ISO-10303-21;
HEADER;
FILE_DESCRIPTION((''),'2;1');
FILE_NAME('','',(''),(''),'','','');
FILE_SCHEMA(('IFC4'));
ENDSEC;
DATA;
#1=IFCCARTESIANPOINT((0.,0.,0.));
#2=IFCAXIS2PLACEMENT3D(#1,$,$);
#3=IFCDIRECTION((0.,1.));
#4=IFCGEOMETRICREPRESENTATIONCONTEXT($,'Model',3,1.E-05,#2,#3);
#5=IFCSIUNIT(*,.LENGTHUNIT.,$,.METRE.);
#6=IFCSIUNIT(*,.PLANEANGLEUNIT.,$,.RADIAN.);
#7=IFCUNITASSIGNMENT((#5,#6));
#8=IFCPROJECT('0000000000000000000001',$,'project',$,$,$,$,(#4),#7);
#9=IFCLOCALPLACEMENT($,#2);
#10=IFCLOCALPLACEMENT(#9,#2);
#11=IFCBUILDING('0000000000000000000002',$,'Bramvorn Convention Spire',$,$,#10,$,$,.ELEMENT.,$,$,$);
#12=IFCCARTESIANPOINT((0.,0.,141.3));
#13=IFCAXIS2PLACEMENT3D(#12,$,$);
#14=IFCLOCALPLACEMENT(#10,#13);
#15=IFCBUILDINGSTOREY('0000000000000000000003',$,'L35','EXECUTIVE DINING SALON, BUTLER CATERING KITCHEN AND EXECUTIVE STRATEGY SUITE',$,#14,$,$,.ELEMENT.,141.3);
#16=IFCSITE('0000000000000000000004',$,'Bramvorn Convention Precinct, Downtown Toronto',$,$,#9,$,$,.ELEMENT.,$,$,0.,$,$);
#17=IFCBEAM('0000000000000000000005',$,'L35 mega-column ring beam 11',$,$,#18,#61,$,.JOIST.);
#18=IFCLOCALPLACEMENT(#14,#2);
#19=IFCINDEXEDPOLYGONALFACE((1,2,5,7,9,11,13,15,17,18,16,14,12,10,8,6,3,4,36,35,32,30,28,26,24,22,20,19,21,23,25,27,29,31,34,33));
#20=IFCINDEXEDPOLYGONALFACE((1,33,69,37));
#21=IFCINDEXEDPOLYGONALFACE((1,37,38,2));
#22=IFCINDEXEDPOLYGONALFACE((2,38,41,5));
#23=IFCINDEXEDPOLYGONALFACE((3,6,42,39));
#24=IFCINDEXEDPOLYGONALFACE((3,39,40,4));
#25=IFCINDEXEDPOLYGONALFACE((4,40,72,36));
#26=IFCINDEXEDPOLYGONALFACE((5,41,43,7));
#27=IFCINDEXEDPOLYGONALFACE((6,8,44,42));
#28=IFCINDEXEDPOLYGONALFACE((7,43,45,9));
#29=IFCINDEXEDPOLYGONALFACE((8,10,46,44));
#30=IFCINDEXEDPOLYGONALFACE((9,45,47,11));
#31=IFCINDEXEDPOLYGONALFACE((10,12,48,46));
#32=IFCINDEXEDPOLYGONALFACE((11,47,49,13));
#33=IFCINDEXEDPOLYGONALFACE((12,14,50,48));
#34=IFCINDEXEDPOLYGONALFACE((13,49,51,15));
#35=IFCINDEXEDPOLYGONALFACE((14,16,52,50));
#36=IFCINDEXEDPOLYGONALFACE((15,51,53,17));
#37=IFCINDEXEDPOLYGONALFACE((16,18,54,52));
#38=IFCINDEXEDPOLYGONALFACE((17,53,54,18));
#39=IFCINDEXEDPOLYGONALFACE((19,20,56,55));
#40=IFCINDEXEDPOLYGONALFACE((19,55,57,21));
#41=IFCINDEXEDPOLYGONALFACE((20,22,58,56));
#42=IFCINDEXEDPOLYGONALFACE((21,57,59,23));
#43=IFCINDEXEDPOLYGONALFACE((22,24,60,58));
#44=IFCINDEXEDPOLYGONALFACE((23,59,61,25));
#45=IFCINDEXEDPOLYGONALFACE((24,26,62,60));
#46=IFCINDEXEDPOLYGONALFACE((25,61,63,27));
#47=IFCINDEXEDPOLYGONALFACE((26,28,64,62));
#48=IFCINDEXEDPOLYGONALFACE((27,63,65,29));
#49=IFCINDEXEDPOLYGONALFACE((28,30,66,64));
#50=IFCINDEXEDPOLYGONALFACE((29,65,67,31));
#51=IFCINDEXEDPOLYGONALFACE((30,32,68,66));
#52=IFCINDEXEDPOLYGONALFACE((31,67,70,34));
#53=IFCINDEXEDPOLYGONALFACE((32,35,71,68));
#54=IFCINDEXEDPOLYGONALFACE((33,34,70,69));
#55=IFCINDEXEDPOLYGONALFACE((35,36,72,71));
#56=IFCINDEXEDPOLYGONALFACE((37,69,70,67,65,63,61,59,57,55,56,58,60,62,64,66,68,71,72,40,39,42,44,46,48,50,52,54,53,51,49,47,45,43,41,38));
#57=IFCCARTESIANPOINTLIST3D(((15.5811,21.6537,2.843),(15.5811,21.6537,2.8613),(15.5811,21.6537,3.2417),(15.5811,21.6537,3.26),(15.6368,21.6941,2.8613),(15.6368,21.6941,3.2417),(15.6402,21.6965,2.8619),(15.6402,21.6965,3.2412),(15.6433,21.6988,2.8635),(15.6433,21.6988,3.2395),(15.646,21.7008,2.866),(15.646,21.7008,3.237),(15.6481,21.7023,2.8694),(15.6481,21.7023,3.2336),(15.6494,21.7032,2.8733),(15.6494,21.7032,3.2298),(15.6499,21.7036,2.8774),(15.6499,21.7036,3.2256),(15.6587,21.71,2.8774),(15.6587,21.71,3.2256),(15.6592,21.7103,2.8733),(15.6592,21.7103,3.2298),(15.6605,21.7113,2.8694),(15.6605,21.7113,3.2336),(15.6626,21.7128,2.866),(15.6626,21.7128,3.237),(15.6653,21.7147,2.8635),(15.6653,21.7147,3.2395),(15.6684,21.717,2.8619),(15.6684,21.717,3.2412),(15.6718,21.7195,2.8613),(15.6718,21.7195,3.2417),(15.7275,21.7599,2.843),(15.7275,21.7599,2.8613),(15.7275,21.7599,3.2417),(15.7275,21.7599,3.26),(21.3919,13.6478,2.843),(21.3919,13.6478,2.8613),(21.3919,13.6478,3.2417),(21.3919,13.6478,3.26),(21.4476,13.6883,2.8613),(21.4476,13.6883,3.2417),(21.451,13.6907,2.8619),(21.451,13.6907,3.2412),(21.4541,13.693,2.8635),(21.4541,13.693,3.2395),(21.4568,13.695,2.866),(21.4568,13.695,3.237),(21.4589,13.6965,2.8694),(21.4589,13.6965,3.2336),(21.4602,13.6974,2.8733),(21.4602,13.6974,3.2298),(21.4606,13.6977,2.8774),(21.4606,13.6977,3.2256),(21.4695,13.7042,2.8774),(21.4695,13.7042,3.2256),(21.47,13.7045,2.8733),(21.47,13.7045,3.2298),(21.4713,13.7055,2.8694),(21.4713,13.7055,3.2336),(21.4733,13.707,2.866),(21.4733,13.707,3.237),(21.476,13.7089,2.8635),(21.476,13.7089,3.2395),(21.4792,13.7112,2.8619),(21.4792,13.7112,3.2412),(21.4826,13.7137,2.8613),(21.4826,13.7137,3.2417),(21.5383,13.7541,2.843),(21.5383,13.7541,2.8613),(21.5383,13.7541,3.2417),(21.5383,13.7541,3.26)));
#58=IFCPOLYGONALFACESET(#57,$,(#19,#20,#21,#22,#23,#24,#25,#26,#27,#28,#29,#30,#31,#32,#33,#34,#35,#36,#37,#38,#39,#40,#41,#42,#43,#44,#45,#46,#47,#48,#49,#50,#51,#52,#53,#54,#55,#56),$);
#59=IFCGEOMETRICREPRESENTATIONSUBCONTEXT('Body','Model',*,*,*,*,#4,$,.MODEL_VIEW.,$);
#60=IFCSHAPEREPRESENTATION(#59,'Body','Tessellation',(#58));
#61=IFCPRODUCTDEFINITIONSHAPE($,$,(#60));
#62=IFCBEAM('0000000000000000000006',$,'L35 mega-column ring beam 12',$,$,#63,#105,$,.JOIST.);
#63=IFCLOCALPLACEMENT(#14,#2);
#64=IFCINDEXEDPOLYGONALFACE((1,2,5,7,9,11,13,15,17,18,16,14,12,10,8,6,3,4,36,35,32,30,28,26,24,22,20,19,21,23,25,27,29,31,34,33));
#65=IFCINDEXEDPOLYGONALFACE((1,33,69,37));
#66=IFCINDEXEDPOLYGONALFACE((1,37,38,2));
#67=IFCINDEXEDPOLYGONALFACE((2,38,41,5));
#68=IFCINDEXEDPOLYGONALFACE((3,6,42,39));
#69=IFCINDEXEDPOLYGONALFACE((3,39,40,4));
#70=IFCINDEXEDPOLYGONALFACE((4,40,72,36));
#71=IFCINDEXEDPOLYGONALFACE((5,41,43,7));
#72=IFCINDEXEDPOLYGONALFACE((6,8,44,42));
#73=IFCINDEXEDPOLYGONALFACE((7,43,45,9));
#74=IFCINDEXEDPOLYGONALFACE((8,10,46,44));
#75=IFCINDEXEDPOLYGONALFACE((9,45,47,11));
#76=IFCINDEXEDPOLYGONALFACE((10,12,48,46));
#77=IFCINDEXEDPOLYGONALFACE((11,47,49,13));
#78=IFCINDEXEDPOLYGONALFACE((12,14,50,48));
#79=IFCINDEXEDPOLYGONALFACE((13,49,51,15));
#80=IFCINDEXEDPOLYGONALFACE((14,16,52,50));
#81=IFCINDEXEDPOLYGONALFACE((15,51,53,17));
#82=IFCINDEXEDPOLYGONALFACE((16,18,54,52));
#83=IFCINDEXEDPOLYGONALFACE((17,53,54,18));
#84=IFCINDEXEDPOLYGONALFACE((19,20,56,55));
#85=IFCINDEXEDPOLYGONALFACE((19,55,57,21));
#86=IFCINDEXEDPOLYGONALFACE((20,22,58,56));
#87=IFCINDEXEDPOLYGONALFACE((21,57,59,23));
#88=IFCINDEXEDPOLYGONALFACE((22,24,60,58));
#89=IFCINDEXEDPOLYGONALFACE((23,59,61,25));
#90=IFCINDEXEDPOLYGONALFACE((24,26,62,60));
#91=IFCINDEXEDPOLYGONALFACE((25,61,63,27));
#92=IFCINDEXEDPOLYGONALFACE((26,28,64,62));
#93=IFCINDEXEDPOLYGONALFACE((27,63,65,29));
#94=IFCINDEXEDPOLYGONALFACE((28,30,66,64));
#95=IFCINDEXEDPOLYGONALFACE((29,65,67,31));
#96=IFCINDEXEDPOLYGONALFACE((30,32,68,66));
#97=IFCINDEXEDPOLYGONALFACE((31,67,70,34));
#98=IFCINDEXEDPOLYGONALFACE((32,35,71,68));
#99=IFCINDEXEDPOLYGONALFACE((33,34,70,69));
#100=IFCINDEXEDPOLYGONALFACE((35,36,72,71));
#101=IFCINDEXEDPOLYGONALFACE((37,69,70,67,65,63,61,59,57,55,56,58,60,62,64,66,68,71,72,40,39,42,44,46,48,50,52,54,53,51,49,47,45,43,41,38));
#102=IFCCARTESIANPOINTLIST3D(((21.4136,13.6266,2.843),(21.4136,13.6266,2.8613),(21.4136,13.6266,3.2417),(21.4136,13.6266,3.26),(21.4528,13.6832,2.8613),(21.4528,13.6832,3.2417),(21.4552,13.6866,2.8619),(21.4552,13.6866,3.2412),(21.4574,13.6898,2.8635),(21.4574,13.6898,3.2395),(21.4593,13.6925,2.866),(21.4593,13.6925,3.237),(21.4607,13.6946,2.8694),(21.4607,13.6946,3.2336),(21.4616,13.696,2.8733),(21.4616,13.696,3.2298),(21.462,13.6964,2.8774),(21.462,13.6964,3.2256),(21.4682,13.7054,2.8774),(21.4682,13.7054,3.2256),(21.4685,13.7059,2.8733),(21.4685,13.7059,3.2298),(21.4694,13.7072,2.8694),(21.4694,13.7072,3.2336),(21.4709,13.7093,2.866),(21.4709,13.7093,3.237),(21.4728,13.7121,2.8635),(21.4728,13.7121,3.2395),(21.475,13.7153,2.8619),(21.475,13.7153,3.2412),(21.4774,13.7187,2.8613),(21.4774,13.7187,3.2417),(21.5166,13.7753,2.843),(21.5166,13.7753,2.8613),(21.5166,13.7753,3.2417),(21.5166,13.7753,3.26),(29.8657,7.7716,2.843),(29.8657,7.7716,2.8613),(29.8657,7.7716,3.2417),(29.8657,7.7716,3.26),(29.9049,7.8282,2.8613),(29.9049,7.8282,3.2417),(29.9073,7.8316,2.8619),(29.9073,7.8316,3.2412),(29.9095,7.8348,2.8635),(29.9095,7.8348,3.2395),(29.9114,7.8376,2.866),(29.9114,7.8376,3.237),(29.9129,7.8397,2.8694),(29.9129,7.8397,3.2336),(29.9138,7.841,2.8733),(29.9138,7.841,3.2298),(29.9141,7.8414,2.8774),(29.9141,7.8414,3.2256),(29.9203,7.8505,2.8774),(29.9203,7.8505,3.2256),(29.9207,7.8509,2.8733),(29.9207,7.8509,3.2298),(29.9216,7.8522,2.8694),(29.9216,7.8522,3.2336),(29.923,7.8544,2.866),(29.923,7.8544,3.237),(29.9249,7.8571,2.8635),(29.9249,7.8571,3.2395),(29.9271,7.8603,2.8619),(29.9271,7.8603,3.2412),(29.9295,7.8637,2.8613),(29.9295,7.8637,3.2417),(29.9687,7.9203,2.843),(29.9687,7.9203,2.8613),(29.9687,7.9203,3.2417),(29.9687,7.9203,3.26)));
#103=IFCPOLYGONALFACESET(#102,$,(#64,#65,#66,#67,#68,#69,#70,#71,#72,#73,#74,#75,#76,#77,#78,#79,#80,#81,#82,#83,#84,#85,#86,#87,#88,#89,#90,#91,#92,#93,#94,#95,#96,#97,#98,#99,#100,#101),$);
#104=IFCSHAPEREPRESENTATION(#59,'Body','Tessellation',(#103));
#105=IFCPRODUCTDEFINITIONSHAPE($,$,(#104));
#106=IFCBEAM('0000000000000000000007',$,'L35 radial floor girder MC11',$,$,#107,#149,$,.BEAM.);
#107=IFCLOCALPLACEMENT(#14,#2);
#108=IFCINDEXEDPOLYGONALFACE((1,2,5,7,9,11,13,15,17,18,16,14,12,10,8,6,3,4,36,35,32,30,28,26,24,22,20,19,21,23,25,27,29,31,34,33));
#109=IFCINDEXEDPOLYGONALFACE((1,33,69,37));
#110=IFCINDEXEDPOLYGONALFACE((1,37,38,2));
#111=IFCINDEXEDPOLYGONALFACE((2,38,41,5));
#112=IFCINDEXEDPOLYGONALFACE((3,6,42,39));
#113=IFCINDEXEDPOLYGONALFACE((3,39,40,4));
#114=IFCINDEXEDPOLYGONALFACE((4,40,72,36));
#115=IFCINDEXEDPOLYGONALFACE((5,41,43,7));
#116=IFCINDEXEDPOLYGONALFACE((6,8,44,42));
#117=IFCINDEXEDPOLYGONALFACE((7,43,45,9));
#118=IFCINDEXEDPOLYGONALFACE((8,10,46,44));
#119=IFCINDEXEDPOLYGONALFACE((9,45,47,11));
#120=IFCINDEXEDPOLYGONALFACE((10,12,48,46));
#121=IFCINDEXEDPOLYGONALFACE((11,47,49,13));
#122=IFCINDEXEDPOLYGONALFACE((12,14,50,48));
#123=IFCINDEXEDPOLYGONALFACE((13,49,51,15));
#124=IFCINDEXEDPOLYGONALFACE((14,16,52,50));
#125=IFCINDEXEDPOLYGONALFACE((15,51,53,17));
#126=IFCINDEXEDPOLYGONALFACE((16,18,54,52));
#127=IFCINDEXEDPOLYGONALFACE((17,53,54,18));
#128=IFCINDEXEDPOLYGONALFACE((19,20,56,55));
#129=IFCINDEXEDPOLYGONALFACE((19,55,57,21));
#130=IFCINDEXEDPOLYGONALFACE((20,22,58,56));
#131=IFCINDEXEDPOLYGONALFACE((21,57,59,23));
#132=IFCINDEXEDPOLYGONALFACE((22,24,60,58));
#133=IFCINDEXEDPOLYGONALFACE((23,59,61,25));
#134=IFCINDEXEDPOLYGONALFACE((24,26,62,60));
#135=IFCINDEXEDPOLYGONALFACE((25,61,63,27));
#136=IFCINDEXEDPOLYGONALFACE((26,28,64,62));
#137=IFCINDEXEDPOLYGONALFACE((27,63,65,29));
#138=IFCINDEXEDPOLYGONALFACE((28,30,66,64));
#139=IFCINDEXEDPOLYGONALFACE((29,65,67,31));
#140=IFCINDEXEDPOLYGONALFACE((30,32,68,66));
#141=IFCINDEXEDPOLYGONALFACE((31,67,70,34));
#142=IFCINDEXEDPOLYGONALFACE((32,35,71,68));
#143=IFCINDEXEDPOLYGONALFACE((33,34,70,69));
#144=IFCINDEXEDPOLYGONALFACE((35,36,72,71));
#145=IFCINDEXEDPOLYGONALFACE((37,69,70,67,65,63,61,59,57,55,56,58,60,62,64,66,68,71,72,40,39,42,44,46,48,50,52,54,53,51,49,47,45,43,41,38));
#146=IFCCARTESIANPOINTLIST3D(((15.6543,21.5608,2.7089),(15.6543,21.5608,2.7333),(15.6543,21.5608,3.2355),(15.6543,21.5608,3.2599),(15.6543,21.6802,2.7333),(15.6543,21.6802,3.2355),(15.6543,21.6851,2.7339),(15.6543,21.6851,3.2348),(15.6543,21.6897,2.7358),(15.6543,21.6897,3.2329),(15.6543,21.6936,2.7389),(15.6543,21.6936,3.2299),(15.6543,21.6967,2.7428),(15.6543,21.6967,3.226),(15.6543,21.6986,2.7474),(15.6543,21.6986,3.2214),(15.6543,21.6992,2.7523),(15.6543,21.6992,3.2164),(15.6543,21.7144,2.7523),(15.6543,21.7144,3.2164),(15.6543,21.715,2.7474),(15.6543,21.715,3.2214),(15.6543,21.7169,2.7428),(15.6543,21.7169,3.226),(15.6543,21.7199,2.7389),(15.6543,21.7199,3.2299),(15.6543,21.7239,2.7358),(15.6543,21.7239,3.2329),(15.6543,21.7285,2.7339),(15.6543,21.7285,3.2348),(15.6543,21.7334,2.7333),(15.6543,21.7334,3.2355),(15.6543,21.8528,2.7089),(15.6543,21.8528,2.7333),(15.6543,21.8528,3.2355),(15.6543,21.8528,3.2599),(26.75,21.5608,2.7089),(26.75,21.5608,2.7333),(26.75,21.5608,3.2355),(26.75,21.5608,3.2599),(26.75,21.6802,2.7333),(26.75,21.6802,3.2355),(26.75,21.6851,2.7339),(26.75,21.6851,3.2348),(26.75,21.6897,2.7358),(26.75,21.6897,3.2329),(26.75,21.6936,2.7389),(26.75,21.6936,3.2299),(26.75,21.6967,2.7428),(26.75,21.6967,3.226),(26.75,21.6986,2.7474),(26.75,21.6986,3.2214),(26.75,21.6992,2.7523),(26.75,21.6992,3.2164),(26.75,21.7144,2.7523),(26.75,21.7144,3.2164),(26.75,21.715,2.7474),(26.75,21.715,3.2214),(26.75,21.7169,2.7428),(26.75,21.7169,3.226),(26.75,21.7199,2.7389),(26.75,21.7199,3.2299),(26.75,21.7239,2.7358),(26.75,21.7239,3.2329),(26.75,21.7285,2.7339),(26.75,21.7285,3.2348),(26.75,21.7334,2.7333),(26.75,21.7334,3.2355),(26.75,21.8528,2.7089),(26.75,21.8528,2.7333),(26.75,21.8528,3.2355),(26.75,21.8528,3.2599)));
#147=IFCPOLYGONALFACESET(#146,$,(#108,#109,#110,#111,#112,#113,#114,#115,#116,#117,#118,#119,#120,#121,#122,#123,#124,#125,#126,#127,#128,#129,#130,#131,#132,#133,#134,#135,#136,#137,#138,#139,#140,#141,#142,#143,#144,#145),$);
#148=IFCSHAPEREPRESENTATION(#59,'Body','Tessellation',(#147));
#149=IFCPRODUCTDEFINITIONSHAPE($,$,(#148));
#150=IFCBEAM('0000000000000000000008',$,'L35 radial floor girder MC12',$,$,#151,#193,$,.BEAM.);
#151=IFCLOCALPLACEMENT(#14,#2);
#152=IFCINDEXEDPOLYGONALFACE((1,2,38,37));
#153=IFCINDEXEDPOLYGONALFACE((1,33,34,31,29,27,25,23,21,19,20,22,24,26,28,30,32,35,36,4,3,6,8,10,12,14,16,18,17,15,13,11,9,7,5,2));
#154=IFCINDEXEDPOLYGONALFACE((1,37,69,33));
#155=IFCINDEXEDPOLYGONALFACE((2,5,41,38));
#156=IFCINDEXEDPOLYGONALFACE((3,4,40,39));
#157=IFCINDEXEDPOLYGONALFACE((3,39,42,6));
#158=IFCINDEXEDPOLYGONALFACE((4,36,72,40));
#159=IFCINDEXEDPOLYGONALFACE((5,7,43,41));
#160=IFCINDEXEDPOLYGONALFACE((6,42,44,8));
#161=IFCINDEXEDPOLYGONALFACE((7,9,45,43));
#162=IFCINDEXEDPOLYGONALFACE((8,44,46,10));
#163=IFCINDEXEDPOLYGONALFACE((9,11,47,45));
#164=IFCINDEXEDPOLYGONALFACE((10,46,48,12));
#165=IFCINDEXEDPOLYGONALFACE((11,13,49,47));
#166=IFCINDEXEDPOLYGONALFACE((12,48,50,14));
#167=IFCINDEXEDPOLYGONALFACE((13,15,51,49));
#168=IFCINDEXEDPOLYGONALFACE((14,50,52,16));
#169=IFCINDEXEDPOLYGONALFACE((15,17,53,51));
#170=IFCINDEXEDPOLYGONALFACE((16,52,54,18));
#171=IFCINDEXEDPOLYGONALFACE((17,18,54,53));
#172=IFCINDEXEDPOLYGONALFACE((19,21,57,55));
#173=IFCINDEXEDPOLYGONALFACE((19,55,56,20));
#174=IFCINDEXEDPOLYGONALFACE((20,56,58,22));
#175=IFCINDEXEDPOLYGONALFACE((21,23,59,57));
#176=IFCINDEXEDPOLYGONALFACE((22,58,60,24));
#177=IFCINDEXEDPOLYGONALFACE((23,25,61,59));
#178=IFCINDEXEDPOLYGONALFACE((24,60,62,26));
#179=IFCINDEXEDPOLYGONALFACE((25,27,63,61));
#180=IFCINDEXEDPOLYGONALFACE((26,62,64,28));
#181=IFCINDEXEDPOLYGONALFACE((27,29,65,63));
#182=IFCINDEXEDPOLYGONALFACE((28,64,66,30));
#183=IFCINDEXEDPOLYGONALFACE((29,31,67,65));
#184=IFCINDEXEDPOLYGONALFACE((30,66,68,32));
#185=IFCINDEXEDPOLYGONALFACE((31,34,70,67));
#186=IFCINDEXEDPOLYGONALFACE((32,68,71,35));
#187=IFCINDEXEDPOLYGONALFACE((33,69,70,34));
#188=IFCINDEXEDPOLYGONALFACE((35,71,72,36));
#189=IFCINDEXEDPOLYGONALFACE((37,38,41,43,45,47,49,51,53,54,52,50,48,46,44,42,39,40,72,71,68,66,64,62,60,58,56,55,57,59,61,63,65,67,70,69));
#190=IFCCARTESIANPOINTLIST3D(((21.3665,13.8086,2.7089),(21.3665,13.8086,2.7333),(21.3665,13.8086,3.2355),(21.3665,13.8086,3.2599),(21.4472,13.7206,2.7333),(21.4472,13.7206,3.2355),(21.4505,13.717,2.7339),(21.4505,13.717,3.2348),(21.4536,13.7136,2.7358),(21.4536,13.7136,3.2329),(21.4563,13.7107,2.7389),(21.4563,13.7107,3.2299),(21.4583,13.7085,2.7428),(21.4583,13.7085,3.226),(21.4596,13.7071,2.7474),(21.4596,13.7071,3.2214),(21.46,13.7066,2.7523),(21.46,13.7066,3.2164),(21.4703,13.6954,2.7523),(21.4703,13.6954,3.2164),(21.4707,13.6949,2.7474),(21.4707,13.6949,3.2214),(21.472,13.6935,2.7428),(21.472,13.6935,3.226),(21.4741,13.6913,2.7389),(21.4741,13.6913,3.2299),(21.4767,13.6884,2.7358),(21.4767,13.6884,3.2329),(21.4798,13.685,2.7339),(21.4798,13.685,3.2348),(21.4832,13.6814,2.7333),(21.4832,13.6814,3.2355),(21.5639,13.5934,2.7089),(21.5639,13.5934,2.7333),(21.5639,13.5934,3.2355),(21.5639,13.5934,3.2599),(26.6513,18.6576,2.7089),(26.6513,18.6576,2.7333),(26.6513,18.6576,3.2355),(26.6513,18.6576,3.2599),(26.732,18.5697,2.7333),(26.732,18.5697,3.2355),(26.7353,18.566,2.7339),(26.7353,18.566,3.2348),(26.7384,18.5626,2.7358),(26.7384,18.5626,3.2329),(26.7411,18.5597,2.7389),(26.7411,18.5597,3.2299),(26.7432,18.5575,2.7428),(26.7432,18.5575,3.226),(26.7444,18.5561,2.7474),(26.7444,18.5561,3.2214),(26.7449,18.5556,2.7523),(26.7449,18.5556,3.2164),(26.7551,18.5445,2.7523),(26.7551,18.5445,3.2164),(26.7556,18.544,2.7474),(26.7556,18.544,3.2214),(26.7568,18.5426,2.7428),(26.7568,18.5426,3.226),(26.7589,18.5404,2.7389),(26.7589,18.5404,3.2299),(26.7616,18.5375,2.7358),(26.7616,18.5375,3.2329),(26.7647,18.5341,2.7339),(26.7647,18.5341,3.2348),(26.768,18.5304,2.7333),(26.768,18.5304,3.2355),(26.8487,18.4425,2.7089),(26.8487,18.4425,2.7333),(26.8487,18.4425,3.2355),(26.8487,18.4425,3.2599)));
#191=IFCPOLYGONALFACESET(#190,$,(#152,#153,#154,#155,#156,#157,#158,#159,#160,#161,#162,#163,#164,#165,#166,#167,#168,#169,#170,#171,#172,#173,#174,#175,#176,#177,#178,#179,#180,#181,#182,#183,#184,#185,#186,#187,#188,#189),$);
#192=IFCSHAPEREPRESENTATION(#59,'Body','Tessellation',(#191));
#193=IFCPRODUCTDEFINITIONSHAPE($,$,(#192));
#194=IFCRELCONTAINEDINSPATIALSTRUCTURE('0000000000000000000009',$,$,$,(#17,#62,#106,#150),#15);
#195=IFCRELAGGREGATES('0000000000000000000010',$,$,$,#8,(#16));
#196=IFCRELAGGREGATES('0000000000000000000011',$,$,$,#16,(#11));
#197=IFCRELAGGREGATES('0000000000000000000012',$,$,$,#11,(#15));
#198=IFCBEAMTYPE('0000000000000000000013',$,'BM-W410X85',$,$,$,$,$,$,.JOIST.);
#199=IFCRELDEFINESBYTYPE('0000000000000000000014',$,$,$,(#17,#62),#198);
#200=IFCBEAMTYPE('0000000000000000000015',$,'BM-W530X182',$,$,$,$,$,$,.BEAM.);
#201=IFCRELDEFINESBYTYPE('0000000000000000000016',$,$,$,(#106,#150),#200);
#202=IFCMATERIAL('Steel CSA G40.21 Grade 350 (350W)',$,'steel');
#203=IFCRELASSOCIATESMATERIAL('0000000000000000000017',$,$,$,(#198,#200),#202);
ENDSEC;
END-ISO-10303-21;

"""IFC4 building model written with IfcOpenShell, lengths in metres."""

from ifc_helpers import new_model, si_unit, direction, frame, origin, origin_2d, place, context, subcontext, project, spatial, i_section, extrude, material, material_profile, profile_set, type_object, element, save


model = new_model("IFC4")

# Units and contexts
model_context = context("Model", 3, precision=1e-05, world=origin(), true_north=direction((0.0, 1.0)))
body_context = subcontext(model_context, "Body", "Model", "MODEL_VIEW")
ifc_project = project(units=[si_unit("LENGTHUNIT", "METRE"), si_unit("PLANEANGLEUNIT", "RADIAN")], contexts=[model_context])

# Site, building, storey
site_placement = place(None, origin())
site = spatial("IfcSite", under=ifc_project, at=site_placement, Name="Bramvorn Convention Precinct, Downtown Toronto", CompositionType="ELEMENT", RefElevation=0.0)
building_placement = place(site_placement, origin())
building = spatial("IfcBuilding", under=site, at=building_placement, Name="Bramvorn Convention Spire", CompositionType="ELEMENT")
storey_placement = place(building_placement, frame((0.0, 0.0, 141.3)))
storey = spatial("IfcBuildingStorey", under=building, at=storey_placement, Name="L35", Description="EXECUTIVE DINING SALON, BUTLER CATERING KITCHEN AND EXECUTIVE STRATEGY SUITE", CompositionType="ELEMENT", Elevation=141.3)

# Shared definitions
ifc_material_1 = material(Name="Steel CSA G40.21 Grade 350 (350W)", Category="steel")

# Beams
ifc_material_profile_1 = material_profile(ifc_material_1, i_section(OverallWidth=0.1809, OverallDepth=0.417, WebThickness=0.011, FlangeThickness=0.0183, FilletRadius=0.0161, at=origin_2d()))
ifc_profile_set_1 = profile_set([ifc_material_profile_1], Name="Steel CSA G40.21 Grade 350 (350W) - W410X85")
beam_type_1 = type_object("IfcBeamType", Name="BM-W410X85", PredefinedType="JOIST", material=ifc_profile_set_1)
beam_1_placement = place(storey_placement, frame((15.6543, 21.7068, 3.0515), z_axis=(0.587401, -0.809296, 0.0), x_axis=(0.809296, 0.587401, 0.0)))
element("IfcBeam", 1, at=beam_1_placement, inside=storey, type_object=beam_type_1, Name="L35 mega-column ring beam 11", PredefinedType="JOIST", context=body_context, shape_type="SweptSolid", body=[
    extrude(i_section(OverallWidth=0.1809, OverallDepth=0.417, WebThickness=0.011, FlangeThickness=0.0183, FilletRadius=0.0161, at=origin_2d()), origin(), (0.0, 0.0, 1.0), 9.8923),
])
beam_2_placement = place(storey_placement, frame((21.4651, 13.7009, 3.0515), z_axis=(0.822033, -0.56944, 0.0), x_axis=(0.56944, 0.822033, 0.0)))
element("IfcBeam", 2, at=beam_2_placement, inside=storey, type_object=beam_type_1, Name="L35 mega-column ring beam 12", PredefinedType="JOIST", context=body_context, shape_type="SweptSolid", body=[
    extrude(i_section(OverallWidth=0.1809, OverallDepth=0.417, WebThickness=0.011, FlangeThickness=0.0183, FilletRadius=0.0161, at=origin_2d()), origin(), (0.0, 0.0, 1.0), 10.282),
])
ifc_material_profile_2 = material_profile(ifc_material_1, i_section(OverallWidth=0.292, OverallDepth=0.551, WebThickness=0.0151, FlangeThickness=0.0244, FilletRadius=0.019, at=origin_2d()))
ifc_profile_set_2 = profile_set([ifc_material_profile_2], Name="Steel CSA G40.21 Grade 350 (350W) - W530X182")
beam_type_2 = type_object("IfcBeamType", Name="BM-W530X182", PredefinedType="BEAM", material=ifc_profile_set_2)
beam_3_placement = place(storey_placement, frame((26.75, 21.7068, 2.9844), z_axis=(-1.0, 0.0, 0.0), x_axis=(0.0, -1.0, 0.0)))
element("IfcBeam", 3, at=beam_3_placement, inside=storey, type_object=beam_type_2, Name="L35 radial floor girder MC11", PredefinedType="BEAM", context=body_context, shape_type="SweptSolid", body=[
    extrude(i_section(OverallWidth=0.292, OverallDepth=0.551, WebThickness=0.0151, FlangeThickness=0.0244, FilletRadius=0.019, at=origin_2d()), origin(), (0.0, 0.0, 1.0), 11.0957),
])
beam_4_placement = place(storey_placement, frame((26.75, 18.55, 2.9844), z_axis=(-0.736833, -0.676074, 0.0), x_axis=(0.676074, -0.736833, 0.0)))
element("IfcBeam", 4, at=beam_4_placement, inside=storey, type_object=beam_type_2, Name="L35 radial floor girder MC12", PredefinedType="BEAM", context=body_context, shape_type="SweptSolid", body=[
    extrude(i_section(OverallWidth=0.292, OverallDepth=0.551, WebThickness=0.0151, FlangeThickness=0.0244, FilletRadius=0.019, at=origin_2d()), origin(), (0.0, 0.0, 1.0), 7.1724),
])

save(model, "model.ifc")
